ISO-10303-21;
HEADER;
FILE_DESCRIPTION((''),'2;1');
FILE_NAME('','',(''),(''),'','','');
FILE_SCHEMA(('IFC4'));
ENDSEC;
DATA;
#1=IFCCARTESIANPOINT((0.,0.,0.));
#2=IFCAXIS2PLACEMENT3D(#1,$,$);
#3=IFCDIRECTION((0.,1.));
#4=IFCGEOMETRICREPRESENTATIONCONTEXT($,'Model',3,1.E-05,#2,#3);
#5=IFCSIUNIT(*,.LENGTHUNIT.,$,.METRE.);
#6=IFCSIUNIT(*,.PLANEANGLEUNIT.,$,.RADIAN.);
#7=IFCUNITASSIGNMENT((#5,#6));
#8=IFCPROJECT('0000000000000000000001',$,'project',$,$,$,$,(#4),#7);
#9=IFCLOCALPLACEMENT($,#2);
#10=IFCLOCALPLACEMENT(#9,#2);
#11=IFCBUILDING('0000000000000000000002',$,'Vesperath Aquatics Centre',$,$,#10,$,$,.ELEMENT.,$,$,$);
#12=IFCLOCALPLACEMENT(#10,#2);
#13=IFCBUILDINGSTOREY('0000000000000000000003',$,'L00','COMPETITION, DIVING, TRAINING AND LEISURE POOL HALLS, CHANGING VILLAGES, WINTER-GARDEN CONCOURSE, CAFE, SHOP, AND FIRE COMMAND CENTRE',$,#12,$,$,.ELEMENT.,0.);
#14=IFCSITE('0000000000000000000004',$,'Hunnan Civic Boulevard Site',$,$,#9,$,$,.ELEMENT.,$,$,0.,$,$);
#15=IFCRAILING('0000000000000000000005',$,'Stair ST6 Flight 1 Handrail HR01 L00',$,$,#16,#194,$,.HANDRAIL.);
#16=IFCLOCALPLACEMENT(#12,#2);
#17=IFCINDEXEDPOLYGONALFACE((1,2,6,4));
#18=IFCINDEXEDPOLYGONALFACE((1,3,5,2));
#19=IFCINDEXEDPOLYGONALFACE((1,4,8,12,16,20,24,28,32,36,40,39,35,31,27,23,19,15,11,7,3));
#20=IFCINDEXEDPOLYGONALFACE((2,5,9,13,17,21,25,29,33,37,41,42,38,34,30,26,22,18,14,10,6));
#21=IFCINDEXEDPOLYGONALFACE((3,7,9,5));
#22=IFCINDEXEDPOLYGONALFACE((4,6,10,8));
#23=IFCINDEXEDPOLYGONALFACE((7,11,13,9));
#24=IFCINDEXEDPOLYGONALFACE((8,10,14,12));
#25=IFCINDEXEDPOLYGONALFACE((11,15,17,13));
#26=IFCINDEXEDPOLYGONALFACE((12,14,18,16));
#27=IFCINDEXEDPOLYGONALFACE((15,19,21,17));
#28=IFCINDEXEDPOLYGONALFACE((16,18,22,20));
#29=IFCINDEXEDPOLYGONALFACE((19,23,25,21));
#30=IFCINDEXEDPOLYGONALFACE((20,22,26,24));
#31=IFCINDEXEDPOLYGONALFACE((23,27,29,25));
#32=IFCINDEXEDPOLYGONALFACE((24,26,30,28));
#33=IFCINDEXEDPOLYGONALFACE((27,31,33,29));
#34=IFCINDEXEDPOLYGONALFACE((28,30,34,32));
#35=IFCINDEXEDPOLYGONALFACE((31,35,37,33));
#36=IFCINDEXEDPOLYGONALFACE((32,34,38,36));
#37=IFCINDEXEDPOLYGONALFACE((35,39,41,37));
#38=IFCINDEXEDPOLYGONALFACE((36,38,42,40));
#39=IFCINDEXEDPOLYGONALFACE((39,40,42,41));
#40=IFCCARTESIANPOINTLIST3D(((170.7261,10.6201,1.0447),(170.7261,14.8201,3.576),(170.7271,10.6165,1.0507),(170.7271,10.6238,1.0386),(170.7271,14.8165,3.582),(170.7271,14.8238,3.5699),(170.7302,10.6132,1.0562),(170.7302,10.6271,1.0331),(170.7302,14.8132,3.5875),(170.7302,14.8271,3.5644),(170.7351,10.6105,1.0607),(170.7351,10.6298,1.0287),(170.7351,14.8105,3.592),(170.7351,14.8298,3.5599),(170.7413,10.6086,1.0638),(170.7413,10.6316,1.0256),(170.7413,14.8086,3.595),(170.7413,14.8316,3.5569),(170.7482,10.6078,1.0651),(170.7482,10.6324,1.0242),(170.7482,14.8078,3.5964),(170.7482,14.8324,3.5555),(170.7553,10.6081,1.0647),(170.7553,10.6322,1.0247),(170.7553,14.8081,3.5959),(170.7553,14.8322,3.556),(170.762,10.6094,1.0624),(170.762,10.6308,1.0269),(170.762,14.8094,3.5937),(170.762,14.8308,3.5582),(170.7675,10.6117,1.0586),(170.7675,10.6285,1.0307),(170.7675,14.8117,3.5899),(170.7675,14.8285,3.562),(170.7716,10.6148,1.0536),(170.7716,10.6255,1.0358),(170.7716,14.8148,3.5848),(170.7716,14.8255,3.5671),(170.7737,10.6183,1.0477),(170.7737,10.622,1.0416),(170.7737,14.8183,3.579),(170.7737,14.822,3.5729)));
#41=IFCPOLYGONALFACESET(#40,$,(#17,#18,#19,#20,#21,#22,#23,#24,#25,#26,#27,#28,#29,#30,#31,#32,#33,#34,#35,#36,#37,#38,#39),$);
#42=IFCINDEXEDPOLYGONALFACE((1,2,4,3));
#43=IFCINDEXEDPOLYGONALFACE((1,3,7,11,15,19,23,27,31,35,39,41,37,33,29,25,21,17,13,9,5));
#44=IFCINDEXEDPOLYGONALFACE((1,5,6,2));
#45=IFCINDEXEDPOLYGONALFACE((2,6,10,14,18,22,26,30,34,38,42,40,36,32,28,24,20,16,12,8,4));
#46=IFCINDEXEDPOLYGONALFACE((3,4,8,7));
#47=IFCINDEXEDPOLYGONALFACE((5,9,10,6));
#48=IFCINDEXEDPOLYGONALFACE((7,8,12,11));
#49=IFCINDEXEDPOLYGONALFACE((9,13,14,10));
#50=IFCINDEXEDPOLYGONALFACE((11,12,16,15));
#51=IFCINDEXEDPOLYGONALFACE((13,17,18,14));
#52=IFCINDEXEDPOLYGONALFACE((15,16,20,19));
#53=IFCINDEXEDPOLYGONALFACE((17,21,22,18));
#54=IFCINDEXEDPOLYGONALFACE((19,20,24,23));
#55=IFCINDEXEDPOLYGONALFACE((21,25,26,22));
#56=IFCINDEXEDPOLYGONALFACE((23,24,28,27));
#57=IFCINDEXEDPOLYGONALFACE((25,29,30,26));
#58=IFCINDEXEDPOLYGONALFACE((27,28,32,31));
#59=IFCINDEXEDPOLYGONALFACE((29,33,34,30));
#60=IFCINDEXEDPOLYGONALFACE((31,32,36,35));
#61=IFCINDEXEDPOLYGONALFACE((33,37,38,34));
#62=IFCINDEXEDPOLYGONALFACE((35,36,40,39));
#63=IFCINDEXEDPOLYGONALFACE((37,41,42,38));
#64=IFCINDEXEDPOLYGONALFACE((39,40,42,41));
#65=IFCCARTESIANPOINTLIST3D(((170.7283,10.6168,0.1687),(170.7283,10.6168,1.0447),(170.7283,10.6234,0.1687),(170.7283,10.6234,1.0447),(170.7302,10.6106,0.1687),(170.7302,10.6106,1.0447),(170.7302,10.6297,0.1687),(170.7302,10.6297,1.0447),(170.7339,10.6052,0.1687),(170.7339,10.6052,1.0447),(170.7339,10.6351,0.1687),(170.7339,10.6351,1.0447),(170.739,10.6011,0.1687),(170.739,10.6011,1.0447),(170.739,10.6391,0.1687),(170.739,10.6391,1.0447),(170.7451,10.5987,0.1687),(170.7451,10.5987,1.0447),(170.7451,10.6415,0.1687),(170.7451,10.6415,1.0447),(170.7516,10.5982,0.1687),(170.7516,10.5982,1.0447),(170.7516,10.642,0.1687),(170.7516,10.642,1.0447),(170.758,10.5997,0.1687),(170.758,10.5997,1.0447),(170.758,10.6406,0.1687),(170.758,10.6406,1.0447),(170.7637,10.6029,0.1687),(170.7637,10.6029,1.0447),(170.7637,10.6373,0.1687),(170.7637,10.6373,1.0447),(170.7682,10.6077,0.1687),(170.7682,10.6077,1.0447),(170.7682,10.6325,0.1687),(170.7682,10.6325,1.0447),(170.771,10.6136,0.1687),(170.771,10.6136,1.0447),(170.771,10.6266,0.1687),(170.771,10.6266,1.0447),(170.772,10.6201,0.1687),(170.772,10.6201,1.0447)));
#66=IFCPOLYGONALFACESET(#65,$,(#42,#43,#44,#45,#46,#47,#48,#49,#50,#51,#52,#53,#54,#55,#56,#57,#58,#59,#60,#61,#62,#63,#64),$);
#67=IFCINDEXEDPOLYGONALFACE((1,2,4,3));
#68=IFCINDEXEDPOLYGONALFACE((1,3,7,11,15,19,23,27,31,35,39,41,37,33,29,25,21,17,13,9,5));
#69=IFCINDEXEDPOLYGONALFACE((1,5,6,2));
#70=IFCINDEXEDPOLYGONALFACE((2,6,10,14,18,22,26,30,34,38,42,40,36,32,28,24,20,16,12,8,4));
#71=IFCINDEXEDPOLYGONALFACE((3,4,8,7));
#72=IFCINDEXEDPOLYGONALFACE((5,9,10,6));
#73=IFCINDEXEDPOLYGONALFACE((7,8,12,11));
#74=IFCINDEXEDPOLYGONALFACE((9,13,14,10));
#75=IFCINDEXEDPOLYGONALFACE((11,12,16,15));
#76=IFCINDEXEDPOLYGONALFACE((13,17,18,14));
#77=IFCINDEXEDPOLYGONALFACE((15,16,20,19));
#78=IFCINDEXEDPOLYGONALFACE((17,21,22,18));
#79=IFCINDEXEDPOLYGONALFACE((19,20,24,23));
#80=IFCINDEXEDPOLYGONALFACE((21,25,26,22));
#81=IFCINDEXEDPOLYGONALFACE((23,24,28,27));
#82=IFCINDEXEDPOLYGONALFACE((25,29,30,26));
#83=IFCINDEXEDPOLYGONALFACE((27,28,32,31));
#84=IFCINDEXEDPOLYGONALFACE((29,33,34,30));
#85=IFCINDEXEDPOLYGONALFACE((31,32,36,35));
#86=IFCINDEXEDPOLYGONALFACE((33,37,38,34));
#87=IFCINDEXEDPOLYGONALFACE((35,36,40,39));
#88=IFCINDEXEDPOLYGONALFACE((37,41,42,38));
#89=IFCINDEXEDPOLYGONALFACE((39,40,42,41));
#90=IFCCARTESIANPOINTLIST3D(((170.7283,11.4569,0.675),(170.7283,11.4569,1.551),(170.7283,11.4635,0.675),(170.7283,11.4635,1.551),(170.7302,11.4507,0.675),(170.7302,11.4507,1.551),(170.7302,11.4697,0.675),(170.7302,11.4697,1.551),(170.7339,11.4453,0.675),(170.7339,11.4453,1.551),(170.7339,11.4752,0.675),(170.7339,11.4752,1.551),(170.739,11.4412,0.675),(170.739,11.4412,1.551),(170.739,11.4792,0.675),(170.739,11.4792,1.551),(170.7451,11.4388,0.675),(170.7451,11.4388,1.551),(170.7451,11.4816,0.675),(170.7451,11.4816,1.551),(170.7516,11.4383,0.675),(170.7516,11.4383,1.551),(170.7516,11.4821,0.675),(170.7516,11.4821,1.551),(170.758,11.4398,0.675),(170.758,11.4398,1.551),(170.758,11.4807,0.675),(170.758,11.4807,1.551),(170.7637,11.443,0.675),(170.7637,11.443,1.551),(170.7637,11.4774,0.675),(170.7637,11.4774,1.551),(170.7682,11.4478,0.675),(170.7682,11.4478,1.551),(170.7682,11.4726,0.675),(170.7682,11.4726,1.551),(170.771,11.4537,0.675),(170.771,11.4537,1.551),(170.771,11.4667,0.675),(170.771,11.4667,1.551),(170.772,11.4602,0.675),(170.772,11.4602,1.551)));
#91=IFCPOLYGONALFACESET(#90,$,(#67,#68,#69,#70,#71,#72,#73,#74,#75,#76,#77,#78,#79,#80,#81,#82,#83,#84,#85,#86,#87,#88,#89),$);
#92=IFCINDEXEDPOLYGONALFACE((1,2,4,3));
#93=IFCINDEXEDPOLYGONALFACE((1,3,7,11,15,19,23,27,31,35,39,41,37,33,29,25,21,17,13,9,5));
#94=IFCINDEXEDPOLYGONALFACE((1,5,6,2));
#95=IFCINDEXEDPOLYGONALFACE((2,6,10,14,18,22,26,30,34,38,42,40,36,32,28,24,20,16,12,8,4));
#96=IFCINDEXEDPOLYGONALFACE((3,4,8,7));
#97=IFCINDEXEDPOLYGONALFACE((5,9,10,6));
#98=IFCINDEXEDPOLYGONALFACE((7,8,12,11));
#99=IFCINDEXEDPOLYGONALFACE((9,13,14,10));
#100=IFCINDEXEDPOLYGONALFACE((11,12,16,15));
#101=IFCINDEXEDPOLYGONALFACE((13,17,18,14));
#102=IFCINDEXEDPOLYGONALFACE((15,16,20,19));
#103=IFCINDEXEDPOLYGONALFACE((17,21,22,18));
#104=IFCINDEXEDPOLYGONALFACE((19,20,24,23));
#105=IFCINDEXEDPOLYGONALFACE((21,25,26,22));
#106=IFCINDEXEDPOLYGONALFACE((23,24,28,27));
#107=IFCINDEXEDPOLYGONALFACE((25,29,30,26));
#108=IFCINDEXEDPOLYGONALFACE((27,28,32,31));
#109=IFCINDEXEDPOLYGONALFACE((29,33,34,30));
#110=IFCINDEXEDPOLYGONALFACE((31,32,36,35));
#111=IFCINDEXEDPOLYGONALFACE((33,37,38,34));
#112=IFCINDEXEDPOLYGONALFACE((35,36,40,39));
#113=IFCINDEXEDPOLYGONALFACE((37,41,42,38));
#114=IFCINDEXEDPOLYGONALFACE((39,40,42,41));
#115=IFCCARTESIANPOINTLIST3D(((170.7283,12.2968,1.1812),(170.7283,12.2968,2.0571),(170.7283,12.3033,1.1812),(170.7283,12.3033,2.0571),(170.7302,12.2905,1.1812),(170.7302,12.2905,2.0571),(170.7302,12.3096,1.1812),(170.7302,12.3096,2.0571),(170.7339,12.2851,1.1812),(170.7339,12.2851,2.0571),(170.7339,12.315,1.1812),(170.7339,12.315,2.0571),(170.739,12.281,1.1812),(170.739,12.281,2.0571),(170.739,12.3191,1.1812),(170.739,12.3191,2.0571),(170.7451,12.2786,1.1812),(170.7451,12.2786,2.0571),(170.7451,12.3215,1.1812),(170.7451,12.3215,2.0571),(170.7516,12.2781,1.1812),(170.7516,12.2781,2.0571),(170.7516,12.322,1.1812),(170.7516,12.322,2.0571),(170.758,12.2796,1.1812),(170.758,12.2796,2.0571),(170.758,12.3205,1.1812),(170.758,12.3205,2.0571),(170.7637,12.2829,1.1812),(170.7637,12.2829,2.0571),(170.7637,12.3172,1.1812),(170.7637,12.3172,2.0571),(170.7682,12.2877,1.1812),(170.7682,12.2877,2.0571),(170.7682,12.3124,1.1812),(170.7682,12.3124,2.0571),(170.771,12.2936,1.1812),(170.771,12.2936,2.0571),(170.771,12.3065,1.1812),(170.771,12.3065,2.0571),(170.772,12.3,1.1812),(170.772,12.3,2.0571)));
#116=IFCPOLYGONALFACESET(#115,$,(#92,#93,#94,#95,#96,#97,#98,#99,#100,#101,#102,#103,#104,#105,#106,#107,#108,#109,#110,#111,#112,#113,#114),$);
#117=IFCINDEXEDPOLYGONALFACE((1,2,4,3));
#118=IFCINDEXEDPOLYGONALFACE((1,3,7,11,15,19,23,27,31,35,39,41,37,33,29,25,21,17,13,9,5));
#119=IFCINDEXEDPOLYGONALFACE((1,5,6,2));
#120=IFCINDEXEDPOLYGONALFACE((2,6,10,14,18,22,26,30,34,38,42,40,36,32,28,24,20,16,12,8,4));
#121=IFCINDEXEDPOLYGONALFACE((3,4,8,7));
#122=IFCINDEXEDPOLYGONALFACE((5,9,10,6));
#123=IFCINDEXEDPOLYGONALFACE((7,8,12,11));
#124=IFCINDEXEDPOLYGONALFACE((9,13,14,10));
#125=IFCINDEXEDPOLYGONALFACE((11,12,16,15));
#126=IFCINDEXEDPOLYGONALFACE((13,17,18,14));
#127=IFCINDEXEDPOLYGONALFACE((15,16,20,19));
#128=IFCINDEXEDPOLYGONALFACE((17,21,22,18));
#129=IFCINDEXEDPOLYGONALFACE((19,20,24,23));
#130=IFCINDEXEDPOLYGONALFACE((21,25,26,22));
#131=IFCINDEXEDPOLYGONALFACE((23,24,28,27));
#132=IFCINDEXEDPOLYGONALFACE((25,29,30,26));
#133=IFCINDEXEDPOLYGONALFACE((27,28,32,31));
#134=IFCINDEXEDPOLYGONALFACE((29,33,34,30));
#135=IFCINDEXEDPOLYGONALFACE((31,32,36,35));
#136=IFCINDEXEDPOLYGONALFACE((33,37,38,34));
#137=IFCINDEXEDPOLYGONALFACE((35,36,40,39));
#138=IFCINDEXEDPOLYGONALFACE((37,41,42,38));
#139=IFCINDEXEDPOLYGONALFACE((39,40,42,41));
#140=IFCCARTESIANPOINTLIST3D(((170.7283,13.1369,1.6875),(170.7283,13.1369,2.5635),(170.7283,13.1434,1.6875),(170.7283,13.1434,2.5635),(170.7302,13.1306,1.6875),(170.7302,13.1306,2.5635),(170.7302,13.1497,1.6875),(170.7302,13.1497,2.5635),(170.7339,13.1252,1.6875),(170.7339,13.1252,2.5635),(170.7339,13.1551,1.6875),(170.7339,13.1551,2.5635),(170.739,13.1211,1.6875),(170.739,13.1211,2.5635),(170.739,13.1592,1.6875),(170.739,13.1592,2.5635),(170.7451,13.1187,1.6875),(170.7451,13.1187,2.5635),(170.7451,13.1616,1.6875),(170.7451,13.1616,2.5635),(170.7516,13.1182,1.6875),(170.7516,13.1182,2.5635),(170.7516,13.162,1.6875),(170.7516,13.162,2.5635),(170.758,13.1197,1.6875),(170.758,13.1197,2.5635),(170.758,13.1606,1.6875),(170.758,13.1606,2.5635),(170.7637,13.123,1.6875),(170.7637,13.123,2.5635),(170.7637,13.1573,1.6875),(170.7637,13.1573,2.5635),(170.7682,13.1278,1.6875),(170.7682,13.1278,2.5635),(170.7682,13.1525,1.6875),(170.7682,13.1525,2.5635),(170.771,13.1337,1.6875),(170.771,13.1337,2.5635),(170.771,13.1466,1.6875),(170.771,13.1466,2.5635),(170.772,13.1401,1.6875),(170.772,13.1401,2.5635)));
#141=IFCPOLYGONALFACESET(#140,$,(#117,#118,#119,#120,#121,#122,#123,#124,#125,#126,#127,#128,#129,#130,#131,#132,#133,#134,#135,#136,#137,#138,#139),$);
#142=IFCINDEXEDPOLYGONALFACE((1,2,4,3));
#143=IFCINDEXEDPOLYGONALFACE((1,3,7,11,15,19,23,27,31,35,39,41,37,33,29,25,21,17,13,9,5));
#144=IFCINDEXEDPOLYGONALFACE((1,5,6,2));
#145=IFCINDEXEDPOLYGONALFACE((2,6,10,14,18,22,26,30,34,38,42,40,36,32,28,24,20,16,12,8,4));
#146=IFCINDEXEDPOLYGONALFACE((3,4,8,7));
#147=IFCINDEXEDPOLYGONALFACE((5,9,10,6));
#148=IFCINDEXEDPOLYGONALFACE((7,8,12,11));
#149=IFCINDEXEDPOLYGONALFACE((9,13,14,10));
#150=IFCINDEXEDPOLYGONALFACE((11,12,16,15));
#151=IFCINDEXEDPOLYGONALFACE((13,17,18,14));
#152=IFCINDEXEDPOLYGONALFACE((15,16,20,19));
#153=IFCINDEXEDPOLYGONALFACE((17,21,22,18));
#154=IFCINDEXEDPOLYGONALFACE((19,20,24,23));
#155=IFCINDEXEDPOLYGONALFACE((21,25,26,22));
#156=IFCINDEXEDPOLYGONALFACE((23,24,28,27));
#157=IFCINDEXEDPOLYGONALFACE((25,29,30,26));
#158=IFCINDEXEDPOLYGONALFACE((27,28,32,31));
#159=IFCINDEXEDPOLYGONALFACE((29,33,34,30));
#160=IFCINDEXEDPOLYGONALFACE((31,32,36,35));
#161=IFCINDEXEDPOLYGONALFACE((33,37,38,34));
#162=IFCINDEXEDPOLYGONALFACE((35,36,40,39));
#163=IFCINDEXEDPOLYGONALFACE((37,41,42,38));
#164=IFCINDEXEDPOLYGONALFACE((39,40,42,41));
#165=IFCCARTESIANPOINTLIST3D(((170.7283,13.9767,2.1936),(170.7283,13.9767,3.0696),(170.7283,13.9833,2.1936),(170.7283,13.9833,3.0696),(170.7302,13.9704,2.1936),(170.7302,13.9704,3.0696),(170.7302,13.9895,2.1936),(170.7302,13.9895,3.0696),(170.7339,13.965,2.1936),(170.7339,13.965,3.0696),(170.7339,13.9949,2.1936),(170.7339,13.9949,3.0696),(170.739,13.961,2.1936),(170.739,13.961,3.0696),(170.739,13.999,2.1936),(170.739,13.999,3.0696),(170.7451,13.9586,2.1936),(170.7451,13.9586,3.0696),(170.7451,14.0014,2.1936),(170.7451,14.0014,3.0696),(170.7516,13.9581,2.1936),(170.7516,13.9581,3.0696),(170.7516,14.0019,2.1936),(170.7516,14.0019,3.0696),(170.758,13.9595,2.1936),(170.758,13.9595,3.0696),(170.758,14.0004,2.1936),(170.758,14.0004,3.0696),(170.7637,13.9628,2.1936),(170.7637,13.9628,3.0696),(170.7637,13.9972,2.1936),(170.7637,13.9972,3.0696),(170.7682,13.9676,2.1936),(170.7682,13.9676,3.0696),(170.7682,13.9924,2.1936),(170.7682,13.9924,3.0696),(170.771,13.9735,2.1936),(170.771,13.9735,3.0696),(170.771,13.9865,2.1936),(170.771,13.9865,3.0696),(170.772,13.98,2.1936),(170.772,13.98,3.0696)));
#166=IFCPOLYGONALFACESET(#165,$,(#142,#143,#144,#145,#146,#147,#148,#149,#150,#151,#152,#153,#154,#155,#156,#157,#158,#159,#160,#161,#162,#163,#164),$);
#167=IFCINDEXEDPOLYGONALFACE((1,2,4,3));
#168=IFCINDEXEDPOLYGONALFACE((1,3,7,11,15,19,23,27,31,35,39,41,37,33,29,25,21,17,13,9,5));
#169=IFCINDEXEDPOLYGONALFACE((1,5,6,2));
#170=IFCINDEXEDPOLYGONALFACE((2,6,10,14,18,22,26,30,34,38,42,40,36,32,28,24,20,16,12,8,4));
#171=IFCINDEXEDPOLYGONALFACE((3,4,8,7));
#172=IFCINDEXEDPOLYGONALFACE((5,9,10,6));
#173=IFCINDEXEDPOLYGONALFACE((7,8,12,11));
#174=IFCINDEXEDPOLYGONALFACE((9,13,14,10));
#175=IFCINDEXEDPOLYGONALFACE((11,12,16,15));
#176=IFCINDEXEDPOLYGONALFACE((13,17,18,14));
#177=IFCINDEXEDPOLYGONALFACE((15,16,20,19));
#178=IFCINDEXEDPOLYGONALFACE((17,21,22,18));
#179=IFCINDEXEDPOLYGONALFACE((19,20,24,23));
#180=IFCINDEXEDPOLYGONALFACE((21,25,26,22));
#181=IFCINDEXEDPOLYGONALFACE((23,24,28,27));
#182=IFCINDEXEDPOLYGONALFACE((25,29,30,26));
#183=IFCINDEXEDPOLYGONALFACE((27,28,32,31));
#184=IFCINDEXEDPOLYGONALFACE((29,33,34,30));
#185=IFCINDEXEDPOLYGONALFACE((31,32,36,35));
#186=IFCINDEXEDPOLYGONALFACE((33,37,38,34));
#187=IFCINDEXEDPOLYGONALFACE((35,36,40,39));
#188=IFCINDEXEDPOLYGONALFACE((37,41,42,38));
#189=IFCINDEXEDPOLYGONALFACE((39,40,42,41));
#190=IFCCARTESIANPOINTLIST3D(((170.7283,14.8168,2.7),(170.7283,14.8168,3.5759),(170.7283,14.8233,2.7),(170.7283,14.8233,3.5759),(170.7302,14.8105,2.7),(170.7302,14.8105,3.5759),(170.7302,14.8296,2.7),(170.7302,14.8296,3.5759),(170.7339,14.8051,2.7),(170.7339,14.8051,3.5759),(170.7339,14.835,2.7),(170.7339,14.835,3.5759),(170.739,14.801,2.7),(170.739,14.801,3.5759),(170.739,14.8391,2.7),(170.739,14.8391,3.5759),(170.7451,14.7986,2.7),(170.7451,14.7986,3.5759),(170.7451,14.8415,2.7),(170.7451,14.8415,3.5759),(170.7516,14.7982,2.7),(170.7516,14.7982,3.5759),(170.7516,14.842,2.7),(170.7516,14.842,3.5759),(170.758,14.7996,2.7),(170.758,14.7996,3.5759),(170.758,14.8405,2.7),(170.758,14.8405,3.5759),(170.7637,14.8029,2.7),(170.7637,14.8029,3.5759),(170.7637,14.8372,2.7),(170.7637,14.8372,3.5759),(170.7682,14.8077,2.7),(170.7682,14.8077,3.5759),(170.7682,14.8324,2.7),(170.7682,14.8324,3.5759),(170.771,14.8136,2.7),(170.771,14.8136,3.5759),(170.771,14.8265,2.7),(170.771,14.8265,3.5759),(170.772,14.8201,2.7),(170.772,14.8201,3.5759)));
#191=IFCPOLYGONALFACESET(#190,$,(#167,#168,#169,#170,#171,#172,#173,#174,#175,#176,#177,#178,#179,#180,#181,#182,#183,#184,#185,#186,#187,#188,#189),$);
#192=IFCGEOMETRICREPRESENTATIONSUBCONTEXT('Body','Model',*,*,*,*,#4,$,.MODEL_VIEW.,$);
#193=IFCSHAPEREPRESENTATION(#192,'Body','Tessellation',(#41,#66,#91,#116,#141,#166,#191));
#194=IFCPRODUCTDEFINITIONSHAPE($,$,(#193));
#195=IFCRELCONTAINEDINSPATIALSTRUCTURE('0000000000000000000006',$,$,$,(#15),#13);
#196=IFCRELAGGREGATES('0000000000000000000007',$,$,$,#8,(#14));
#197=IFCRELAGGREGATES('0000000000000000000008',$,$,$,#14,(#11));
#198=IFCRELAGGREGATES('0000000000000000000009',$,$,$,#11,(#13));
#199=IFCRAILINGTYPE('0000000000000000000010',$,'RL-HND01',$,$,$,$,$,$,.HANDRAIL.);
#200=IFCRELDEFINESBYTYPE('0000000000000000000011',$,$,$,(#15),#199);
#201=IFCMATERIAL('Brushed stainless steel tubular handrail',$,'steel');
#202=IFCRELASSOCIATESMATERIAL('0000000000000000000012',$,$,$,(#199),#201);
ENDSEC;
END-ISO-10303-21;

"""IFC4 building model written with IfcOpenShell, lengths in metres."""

from ifc_helpers import new_model, si_unit, direction, frame, origin, origin_2d, place, context, subcontext, project, spatial, circle, extrude, material, type_object, element, save


model = new_model("IFC4")

# Units and contexts
model_context = context("Model", 3, precision=1e-05, world=origin(), true_north=direction((0.0, 1.0)))
body_context = subcontext(model_context, "Body", "Model", "MODEL_VIEW")
ifc_project = project(units=[si_unit("LENGTHUNIT", "METRE"), si_unit("PLANEANGLEUNIT", "RADIAN")], contexts=[model_context])

# Site, building, storey
site_placement = place(None, origin())
site = spatial("IfcSite", under=ifc_project, at=site_placement, Name="Hunnan Civic Boulevard Site", CompositionType="ELEMENT", RefElevation=0.0)
building_placement = place(site_placement, origin())
building = spatial("IfcBuilding", under=site, at=building_placement, Name="Vesperath Aquatics Centre", CompositionType="ELEMENT")
storey_placement = place(building_placement, origin())
storey = spatial("IfcBuildingStorey", under=building, at=storey_placement, Name="L00", Description="COMPETITION, DIVING, TRAINING AND LEISURE POOL HALLS, CHANGING VILLAGES, WINTER-GARDEN CONCOURSE, CAFE, SHOP, AND FIRE COMMAND CENTRE", CompositionType="ELEMENT", Elevation=0.0)

# Railing
ifc_material_1 = material(Name="Brushed stainless steel tubular handrail", Category="steel")
railing_type_1 = type_object("IfcRailingType", Name="RL-HND01", PredefinedType="HANDRAIL", material=ifc_material_1)
railing_1_placement = place(storey_placement, frame((170.75, 10.6201, 0.1687)))
element("IfcRailing", 1, at=railing_1_placement, inside=storey, type_object=railing_type_1, Name="Stair ST6 Flight 1 Handrail HR01 L00", PredefinedType="HANDRAIL", context=body_context, shape_type="SweptSolid", body=[
    extrude(circle(Radius=0.0239, at=origin_2d()), frame((0.0, 0.0, 0.876), z_axis=(0.0, 0.856476, 0.516186), x_axis=(-1.0, 0.0, 0.0)), (0.0, 0.0, 1.0), 4.9038),
    extrude(circle(Radius=0.022, at=origin_2d()), origin(), (0.0, 0.0, 1.0), 0.876),
    extrude(circle(Radius=0.022, at=origin_2d()), frame((0.0, 0.8401, 0.5063)), (0.0, 0.0, 1.0), 0.876),
    extrude(circle(Radius=0.022, at=origin_2d()), frame((0.0, 1.6799, 1.0125)), (0.0, 0.0, 1.0), 0.876),
    extrude(circle(Radius=0.022, at=origin_2d()), frame((0.0, 2.52, 1.5188)), (0.0, 0.0, 1.0), 0.876),
    extrude(circle(Radius=0.022, at=origin_2d()), frame((0.0, 3.3599, 2.0249)), (0.0, 0.0, 1.0), 0.876),
    extrude(circle(Radius=0.022, at=origin_2d()), frame((0.0, 4.2, 2.5312)), (0.0, 0.0, 1.0), 0.876),
])

save(model, "model.ifc")
